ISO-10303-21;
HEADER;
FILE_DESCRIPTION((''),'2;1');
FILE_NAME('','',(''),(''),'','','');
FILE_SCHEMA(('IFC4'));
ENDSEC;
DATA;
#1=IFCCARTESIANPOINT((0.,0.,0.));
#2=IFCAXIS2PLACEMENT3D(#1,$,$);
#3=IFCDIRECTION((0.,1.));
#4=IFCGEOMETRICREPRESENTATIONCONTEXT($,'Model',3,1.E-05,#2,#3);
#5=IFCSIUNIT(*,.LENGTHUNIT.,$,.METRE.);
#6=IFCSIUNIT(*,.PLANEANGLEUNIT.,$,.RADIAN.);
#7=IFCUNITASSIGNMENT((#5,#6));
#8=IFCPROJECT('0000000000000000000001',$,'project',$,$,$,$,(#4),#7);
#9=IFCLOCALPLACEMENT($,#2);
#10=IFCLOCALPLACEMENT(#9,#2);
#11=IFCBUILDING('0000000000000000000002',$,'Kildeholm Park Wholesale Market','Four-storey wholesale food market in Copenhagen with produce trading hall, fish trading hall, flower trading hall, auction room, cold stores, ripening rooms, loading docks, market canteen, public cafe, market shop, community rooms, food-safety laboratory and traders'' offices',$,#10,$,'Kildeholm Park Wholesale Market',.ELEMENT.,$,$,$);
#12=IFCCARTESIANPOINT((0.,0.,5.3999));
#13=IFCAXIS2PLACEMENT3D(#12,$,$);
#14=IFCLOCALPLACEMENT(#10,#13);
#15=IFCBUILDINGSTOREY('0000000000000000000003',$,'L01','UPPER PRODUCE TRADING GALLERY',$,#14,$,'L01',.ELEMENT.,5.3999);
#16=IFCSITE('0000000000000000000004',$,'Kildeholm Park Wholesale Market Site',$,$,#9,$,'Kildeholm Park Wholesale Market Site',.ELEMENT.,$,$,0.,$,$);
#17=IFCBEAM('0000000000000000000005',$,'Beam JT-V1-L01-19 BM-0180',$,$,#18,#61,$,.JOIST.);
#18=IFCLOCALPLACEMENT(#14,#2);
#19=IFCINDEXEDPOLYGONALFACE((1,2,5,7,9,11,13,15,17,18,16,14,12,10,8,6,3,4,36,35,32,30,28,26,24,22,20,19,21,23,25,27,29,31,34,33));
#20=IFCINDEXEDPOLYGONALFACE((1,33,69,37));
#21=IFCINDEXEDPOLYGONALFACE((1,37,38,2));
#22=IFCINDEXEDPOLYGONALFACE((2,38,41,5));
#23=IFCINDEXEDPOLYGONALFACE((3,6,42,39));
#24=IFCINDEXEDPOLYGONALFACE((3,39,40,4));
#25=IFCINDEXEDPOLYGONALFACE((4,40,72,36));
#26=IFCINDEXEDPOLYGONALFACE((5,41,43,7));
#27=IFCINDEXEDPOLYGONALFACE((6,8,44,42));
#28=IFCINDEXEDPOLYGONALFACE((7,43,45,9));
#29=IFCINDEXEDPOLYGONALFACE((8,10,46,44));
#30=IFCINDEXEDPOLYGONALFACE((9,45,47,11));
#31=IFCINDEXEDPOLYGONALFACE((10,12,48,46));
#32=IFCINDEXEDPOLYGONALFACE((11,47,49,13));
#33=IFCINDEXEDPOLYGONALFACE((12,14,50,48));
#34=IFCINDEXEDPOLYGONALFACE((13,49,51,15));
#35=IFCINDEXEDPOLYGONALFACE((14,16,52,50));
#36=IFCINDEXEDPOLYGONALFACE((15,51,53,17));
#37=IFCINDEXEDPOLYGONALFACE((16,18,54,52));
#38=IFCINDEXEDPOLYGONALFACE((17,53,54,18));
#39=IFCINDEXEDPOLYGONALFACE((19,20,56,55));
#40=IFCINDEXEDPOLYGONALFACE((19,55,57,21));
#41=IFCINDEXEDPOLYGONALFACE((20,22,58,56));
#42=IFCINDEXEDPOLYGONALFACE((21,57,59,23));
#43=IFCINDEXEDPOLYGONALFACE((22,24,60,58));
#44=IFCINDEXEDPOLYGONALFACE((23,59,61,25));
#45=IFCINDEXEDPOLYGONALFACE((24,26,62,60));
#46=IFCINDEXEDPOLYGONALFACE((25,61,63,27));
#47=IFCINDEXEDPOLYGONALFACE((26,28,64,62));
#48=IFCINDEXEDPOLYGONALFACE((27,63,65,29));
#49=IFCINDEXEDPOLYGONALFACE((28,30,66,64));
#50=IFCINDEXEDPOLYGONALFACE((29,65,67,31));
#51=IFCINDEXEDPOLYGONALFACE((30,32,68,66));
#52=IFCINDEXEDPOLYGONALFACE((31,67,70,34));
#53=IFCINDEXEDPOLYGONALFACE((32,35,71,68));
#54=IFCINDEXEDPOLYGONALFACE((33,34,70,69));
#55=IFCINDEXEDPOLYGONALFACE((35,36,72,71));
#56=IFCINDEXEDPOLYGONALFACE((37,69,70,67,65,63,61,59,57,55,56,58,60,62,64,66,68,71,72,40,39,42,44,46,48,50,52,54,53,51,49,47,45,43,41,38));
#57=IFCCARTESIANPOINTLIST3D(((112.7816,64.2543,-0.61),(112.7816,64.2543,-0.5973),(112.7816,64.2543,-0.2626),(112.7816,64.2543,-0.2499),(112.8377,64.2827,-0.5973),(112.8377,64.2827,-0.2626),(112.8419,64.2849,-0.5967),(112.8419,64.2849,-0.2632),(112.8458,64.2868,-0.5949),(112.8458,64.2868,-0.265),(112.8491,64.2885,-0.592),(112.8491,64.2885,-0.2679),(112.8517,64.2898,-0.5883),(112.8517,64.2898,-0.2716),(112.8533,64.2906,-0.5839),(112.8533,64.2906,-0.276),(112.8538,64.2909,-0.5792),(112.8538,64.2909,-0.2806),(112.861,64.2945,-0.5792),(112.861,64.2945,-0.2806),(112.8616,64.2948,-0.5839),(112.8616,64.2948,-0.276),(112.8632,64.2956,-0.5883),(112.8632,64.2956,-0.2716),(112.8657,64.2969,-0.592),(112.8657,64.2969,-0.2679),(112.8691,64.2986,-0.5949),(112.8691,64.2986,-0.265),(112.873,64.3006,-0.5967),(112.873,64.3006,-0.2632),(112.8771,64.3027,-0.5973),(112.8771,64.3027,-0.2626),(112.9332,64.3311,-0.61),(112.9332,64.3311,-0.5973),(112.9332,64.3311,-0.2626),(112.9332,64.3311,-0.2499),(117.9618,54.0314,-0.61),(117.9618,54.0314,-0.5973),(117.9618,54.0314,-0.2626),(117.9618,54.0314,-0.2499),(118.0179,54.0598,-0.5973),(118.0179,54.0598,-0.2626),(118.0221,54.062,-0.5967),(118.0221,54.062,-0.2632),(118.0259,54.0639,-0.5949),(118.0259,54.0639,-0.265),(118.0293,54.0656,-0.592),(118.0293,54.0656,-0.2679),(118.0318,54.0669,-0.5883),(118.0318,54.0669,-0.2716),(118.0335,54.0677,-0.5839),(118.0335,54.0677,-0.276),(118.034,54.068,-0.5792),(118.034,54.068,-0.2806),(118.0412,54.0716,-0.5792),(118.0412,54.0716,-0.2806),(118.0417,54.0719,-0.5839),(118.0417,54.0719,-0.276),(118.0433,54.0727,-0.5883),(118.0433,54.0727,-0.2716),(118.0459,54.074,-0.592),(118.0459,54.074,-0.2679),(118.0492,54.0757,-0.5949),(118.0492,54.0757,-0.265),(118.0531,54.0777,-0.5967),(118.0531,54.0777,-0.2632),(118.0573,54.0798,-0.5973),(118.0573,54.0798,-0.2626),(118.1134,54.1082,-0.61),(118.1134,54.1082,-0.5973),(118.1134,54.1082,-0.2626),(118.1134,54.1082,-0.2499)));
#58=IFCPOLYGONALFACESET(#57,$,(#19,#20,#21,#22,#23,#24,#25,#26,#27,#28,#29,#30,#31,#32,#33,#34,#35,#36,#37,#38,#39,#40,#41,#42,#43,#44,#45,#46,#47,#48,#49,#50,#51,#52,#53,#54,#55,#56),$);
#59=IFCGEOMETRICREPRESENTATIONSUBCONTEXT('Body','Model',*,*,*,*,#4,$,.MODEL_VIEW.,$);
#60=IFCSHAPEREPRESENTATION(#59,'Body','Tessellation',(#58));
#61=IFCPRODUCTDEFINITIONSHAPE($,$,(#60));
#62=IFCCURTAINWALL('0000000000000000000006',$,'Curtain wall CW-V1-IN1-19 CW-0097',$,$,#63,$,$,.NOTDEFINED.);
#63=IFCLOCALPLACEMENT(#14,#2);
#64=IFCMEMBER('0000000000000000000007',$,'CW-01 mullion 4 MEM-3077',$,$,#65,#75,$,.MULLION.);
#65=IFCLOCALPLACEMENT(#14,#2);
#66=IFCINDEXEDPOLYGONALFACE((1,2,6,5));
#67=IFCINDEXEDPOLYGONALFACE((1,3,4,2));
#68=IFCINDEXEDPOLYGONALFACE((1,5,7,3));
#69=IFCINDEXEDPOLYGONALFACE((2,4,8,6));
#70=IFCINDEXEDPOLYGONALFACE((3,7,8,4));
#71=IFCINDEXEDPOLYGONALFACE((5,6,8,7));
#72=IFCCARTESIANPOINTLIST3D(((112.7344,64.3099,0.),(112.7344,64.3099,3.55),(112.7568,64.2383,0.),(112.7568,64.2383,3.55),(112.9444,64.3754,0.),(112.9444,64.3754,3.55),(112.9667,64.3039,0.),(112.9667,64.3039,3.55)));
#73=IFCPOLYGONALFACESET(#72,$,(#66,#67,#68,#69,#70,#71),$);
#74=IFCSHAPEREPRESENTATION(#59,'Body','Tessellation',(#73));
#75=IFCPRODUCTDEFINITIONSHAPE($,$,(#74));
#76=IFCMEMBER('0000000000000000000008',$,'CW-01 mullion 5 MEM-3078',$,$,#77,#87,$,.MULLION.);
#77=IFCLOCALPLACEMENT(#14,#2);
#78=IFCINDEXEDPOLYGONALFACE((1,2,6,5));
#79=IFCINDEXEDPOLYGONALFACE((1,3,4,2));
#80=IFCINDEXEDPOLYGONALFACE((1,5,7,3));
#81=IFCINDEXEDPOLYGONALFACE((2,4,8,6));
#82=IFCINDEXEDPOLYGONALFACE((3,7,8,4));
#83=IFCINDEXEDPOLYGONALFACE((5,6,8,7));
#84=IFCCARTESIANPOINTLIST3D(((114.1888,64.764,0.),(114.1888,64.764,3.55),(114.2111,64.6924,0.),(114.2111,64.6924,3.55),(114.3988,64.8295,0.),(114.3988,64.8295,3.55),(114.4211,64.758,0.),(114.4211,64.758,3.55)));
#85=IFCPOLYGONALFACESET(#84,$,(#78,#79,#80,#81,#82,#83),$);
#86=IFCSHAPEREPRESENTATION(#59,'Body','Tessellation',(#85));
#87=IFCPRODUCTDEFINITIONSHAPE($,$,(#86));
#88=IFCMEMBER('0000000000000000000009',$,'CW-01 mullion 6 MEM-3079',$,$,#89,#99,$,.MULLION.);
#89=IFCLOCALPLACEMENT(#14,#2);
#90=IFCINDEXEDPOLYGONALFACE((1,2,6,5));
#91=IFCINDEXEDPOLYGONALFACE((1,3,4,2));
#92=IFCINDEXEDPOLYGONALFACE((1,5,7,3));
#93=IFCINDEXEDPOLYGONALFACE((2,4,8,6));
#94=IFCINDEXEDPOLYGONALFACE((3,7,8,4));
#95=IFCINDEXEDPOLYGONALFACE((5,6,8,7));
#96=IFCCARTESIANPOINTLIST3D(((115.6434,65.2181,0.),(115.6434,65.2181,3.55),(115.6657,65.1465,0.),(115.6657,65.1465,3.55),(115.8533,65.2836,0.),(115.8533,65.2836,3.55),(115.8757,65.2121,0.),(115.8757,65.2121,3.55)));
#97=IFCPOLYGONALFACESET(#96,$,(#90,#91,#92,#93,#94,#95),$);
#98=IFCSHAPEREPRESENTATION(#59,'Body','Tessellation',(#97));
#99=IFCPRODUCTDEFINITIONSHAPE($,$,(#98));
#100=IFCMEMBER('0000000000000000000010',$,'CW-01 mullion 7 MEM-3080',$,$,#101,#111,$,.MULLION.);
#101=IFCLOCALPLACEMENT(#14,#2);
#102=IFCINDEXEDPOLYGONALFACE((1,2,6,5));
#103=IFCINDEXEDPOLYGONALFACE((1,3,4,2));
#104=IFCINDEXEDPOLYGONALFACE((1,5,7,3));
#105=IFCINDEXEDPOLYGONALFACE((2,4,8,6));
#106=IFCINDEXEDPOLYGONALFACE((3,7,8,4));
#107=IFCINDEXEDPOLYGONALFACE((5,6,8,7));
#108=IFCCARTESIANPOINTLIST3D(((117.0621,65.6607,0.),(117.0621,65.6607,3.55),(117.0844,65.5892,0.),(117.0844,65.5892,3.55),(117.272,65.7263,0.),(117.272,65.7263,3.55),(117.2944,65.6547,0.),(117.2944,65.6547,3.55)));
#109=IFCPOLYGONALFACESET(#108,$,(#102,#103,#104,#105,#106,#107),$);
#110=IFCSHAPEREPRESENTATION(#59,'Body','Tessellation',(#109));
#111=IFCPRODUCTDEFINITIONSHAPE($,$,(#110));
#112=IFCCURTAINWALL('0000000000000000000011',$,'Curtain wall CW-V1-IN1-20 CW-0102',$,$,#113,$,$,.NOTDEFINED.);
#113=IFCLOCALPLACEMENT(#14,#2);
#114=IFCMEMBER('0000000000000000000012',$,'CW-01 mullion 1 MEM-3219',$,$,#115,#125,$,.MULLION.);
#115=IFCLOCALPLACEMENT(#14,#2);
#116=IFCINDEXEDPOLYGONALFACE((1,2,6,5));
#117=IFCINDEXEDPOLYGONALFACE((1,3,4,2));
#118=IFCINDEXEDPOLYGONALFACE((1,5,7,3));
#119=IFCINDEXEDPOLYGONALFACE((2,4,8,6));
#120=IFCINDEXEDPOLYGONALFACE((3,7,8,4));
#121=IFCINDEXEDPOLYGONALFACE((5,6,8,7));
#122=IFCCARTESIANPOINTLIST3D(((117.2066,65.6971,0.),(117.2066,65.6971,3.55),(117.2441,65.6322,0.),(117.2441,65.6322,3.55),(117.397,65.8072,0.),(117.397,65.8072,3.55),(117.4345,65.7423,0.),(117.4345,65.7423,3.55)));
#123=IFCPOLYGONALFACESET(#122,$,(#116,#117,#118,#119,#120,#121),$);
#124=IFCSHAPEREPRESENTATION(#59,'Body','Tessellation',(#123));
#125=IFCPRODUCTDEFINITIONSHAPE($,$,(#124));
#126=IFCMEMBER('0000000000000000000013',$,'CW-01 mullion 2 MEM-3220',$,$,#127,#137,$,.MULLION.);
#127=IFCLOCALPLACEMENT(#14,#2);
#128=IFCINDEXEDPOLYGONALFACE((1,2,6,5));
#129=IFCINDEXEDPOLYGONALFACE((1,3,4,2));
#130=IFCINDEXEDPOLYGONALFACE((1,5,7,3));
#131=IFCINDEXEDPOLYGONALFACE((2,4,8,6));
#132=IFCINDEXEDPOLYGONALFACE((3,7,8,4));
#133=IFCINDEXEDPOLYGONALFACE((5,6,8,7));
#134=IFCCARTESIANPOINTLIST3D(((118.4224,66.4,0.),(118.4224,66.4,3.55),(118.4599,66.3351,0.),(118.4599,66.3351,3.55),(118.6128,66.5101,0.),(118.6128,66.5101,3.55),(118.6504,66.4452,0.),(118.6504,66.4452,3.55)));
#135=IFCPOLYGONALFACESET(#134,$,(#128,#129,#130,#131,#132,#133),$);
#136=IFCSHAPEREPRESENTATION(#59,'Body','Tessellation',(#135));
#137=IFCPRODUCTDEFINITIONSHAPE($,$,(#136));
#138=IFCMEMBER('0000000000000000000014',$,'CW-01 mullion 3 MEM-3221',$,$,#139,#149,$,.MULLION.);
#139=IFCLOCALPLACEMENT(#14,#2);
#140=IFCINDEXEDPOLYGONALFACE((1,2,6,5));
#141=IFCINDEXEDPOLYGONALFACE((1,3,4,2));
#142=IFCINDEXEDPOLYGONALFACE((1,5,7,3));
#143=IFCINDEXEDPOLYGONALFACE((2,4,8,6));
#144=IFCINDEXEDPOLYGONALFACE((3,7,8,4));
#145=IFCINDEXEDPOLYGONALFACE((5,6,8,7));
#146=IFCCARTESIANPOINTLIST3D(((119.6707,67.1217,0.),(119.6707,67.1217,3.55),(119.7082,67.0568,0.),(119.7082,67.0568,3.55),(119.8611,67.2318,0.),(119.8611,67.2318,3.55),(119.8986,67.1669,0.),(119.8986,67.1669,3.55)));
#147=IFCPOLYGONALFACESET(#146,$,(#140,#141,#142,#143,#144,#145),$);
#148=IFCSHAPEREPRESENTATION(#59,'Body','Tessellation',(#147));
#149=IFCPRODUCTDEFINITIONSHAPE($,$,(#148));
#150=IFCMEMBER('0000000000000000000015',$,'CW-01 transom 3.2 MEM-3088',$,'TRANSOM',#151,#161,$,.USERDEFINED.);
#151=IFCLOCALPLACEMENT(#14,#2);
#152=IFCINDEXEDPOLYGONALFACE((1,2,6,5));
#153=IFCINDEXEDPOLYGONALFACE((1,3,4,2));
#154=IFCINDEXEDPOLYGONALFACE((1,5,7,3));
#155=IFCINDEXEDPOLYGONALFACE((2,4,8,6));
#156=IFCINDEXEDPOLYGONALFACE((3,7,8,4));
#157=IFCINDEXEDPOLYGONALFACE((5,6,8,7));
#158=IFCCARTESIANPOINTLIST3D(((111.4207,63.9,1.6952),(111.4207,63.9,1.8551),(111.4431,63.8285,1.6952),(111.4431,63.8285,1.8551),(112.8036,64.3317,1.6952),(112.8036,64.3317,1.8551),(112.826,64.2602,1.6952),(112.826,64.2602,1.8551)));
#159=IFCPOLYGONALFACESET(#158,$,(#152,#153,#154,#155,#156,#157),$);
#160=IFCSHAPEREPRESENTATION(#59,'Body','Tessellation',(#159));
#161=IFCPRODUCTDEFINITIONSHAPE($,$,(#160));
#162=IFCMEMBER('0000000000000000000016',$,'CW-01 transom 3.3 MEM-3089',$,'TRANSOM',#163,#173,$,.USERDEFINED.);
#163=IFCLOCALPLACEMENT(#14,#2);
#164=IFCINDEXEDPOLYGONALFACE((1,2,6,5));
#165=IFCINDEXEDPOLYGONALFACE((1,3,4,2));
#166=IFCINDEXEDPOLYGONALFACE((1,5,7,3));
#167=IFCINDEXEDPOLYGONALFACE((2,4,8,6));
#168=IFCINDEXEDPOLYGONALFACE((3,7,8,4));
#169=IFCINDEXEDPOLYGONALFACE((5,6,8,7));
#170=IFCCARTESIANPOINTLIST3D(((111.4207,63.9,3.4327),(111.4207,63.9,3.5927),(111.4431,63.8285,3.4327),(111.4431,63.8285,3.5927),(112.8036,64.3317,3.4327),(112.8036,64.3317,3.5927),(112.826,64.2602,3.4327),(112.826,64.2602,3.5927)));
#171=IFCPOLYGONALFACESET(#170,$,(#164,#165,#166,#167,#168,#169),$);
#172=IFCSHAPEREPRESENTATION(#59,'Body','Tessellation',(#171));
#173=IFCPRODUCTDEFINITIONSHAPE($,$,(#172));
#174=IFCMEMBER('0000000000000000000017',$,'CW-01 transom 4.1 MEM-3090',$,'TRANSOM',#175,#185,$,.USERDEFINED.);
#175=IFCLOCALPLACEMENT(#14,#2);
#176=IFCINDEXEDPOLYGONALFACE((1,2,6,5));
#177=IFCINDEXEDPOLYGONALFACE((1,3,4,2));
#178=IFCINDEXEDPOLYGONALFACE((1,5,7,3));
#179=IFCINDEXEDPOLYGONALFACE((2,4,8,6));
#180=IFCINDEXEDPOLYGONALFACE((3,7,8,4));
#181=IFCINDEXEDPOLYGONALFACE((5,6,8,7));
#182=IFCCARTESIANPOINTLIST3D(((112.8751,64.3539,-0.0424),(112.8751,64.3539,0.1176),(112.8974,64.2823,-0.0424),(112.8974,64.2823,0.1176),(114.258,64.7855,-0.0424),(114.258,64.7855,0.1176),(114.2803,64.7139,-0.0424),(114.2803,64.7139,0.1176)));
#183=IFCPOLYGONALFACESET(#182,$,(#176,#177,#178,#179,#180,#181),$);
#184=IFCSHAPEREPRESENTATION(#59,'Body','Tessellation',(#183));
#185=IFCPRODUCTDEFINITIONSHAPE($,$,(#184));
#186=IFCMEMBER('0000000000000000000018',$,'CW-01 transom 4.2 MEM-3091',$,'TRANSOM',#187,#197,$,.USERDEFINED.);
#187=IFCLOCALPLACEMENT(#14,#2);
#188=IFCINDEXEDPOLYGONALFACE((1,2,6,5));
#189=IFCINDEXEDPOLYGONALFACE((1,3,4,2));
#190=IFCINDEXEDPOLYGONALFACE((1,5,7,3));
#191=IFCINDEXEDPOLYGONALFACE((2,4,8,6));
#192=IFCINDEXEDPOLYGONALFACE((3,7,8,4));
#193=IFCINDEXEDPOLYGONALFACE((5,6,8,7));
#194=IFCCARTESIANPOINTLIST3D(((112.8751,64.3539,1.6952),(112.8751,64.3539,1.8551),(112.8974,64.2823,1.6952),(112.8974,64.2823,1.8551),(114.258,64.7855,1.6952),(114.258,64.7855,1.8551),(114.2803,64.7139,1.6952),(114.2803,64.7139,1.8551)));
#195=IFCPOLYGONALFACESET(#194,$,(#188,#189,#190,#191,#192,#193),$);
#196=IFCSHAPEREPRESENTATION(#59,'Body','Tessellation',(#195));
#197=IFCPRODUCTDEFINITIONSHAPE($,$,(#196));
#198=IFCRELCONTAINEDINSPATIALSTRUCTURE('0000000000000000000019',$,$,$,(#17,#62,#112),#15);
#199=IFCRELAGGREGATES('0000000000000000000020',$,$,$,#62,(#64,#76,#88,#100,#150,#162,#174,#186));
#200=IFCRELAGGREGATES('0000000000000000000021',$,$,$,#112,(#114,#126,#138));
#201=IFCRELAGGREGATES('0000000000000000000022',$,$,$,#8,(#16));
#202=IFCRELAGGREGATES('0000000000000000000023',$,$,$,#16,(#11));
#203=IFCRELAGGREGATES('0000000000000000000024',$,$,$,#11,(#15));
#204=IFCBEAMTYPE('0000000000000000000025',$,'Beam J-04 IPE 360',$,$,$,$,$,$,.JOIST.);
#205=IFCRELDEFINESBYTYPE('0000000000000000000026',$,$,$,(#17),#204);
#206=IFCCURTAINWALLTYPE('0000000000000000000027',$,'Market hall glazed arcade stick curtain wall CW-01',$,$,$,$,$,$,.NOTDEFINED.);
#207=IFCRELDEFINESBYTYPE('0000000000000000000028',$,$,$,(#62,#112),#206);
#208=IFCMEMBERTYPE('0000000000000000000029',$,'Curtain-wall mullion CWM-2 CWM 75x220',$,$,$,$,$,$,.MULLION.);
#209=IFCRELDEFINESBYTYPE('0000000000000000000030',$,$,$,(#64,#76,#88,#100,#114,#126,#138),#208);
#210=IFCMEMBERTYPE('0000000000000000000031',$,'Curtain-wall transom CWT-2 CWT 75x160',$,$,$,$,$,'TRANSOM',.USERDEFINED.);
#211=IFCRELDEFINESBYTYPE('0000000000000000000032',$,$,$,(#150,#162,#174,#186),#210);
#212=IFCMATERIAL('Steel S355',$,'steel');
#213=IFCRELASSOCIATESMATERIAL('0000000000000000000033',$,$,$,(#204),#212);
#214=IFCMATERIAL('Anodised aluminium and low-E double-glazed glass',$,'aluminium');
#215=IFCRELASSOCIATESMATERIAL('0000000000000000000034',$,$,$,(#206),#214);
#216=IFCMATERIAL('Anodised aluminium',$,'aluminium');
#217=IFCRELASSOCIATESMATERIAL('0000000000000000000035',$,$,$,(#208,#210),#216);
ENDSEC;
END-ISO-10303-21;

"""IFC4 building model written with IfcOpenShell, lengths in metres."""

from ifc_helpers import new_model, si_unit, direction, frame, origin, origin_2d, place, context, subcontext, project, spatial, rectangle, i_section, extrude, material, material_profile, profile_set, type_object, element, aggregate, save


model = new_model("IFC4")

# Units and contexts
model_context = context("Model", 3, precision=1e-05, world=origin(), true_north=direction((0.0, 1.0)))
body_context = subcontext(model_context, "Body", "Model", "MODEL_VIEW")
ifc_project = project(units=[si_unit("LENGTHUNIT", "METRE"), si_unit("PLANEANGLEUNIT", "RADIAN")], contexts=[model_context])

# Site, building, storey
site_placement = place(None, origin())
site = spatial("IfcSite", under=ifc_project, at=site_placement, Name="Kildeholm Park Wholesale Market Site", LongName="Kildeholm Park Wholesale Market Site", CompositionType="ELEMENT", RefElevation=0.0)
building_placement = place(site_placement, origin())
building = spatial("IfcBuilding", under=site, at=building_placement, Name="Kildeholm Park Wholesale Market", Description="Four-storey wholesale food market in Copenhagen with produce trading hall, fish trading hall, flower trading hall, auction room, cold stores, ripening rooms, loading docks, market canteen, public cafe, market shop, community rooms, food-safety laboratory and traders' offices", LongName="Kildeholm Park Wholesale Market", CompositionType="ELEMENT")
storey_placement = place(building_placement, frame((0.0, 0.0, 5.3999)))
storey = spatial("IfcBuildingStorey", under=building, at=storey_placement, Name="L01", Description="UPPER PRODUCE TRADING GALLERY", LongName="L01", CompositionType="ELEMENT", Elevation=5.3999)

# Shared definitions
ifc_material_1 = material(Name="Steel S355", Category="steel")

# Beam
ifc_material_profile_1 = material_profile(ifc_material_1, i_section(OverallWidth=0.1699, OverallDepth=0.3601, WebThickness=0.0081, FlangeThickness=0.0127, FilletRadius=0.0181, at=origin_2d()), Name="IPE 360")
ifc_profile_set_1 = profile_set([ifc_material_profile_1], Name="Steel S355")
beam_type_1 = type_object("IfcBeamType", Name="Beam J-04 IPE 360", PredefinedType="JOIST", material=ifc_profile_set_1)
beam_1_placement = place(storey_placement, frame((112.8574, 64.2927, -0.4299), z_axis=(0.452005, -0.892016, 0.0), x_axis=(0.892016, 0.452005, 0.0)))
element("IfcBeam", 1, at=beam_1_placement, inside=storey, type_object=beam_type_1, Name="Beam JT-V1-L01-19 BM-0180", PredefinedType="JOIST", context=body_context, shape_type="SweptSolid", body=[
    extrude(i_section(OverallWidth=0.1699, OverallDepth=0.3601, WebThickness=0.0081, FlangeThickness=0.0127, FilletRadius=0.0181, at=origin_2d()), origin(), (0.0, 0.0, 1.0), 11.4604),
])

# Curtain walls, members
ifc_material_2 = material(Name="Anodised aluminium and low-E double-glazed glass", Category="aluminium")
curtain_wall_type = type_object("IfcCurtainWallType", Name="Market hall glazed arcade stick curtain wall CW-01", PredefinedType="NOTDEFINED", material=ifc_material_2)
curtain_wall_1_placement = place(storey_placement, origin())
curtain_wall_1 = element("IfcCurtainWall", 2, at=curtain_wall_1_placement, inside=storey, type_object=curtain_wall_type, Name="Curtain wall CW-V1-IN1-19 CW-0097", PredefinedType="NOTDEFINED")
ifc_material_3 = material(Name="Anodised aluminium", Category="aluminium")
ifc_material_profile_2 = material_profile(ifc_material_3, rectangle(XDim=0.075, YDim=0.22, at=origin_2d()), Name="CWM 75x220")
ifc_profile_set_2 = profile_set([ifc_material_profile_2], Name="Anodised aluminium")
member_type_1 = type_object("IfcMemberType", Name="Curtain-wall mullion CWM-2 CWM 75x220", PredefinedType="MULLION", material=ifc_profile_set_2)
member_1_placement = place(storey_placement, frame((112.8506, 64.3069, 0.0), z_axis=(0.0, 0.0, 1.0), x_axis=(-0.297957, 0.954579, 0.0)))
member_1 = element("IfcMember", 3, at=member_1_placement, type_object=member_type_1, Name="CW-01 mullion 4 MEM-3077", PredefinedType="MULLION", context=body_context, shape_type="SweptSolid", body=[
    extrude(rectangle(XDim=0.075, YDim=0.22, at=origin_2d()), origin(), (0.0, 0.0, 1.0), 3.55),
])
member_2_placement = place(storey_placement, frame((114.3049, 64.761, 0.0), z_axis=(0.0, 0.0, 1.0), x_axis=(-0.297957, 0.954579, 0.0)))
member_2 = element("IfcMember", 4, at=member_2_placement, type_object=member_type_1, Name="CW-01 mullion 5 MEM-3078", PredefinedType="MULLION", context=body_context, shape_type="SweptSolid", body=[
    extrude(rectangle(XDim=0.075, YDim=0.22, at=origin_2d()), origin(), (0.0, 0.0, 1.0), 3.55),
])
member_3_placement = place(storey_placement, frame((115.7595, 65.2151, 0.0), z_axis=(0.0, 0.0, 1.0), x_axis=(-0.297957, 0.954579, 0.0)))
member_3 = element("IfcMember", 5, at=member_3_placement, type_object=member_type_1, Name="CW-01 mullion 6 MEM-3079", PredefinedType="MULLION", context=body_context, shape_type="SweptSolid", body=[
    extrude(rectangle(XDim=0.075, YDim=0.22, at=origin_2d()), origin(), (0.0, 0.0, 1.0), 3.55),
])
member_4_placement = place(storey_placement, frame((117.1782, 65.6577, 0.0), z_axis=(0.0, 0.0, 1.0), x_axis=(-0.297957, 0.954579, 0.0)))
member_4 = element("IfcMember", 6, at=member_4_placement, type_object=member_type_1, Name="CW-01 mullion 7 MEM-3080", PredefinedType="MULLION", context=body_context, shape_type="SweptSolid", body=[
    extrude(rectangle(XDim=0.075, YDim=0.22, at=origin_2d()), origin(), (0.0, 0.0, 1.0), 3.55),
])
curtain_wall_2_placement = place(storey_placement, origin())
curtain_wall_2 = element("IfcCurtainWall", 7, at=curtain_wall_2_placement, inside=storey, type_object=curtain_wall_type, Name="Curtain wall CW-V1-IN1-20 CW-0102", PredefinedType="NOTDEFINED")
member_5_placement = place(storey_placement, frame((117.3206, 65.7197, 0.0), z_axis=(0.0, 0.0, 1.0), x_axis=(-0.500489, 0.865743, 0.0)))
member_5 = element("IfcMember", 8, at=member_5_placement, type_object=member_type_1, Name="CW-01 mullion 1 MEM-3219", PredefinedType="MULLION", context=body_context, shape_type="SweptSolid", body=[
    extrude(rectangle(XDim=0.075, YDim=0.22, at=origin_2d()), origin(), (0.0, 0.0, 1.0), 3.55),
])
member_6_placement = place(storey_placement, frame((118.5364, 66.4226, 0.0), z_axis=(0.0, 0.0, 1.0), x_axis=(-0.500489, 0.865743, 0.0)))
member_6 = element("IfcMember", 9, at=member_6_placement, type_object=member_type_1, Name="CW-01 mullion 2 MEM-3220", PredefinedType="MULLION", context=body_context, shape_type="SweptSolid", body=[
    extrude(rectangle(XDim=0.075, YDim=0.22, at=origin_2d()), origin(), (0.0, 0.0, 1.0), 3.55),
])
member_7_placement = place(storey_placement, frame((119.7847, 67.1443, 0.0), z_axis=(0.0, 0.0, 1.0), x_axis=(-0.500489, 0.865743, 0.0)))
member_7 = element("IfcMember", 10, at=member_7_placement, type_object=member_type_1, Name="CW-01 mullion 3 MEM-3221", PredefinedType="MULLION", context=body_context, shape_type="SweptSolid", body=[
    extrude(rectangle(XDim=0.075, YDim=0.22, at=origin_2d()), origin(), (0.0, 0.0, 1.0), 3.55),
])

# Members
ifc_material_profile_3 = material_profile(ifc_material_3, rectangle(XDim=0.075, YDim=0.1599, at=origin_2d()), Name="CWT 75x160")
ifc_profile_set_3 = profile_set([ifc_material_profile_3], Name="Anodised aluminium")
member_type_2 = type_object("IfcMemberType", Name="Curtain-wall transom CWT-2 CWT 75x160", ElementType="TRANSOM", PredefinedType="USERDEFINED", material=ifc_profile_set_3)
member_8_placement = place(storey_placement, frame((111.4319, 63.8643, 1.7751), z_axis=(0.954576, 0.297968, 0.0), x_axis=(-0.297968, 0.954576, 0.0)))
member_8 = element("IfcMember", 11, at=member_8_placement, type_object=member_type_2, Name="CW-01 transom 3.2 MEM-3088", ObjectType="TRANSOM", PredefinedType="USERDEFINED", context=body_context, shape_type="SweptSolid", body=[
    extrude(rectangle(XDim=0.075, YDim=0.1599, at=origin_2d()), origin(), (0.0, 0.0, 1.0), 1.4487),
])
member_9_placement = place(storey_placement, frame((111.4319, 63.8643, 3.5127), z_axis=(0.954576, 0.297968, 0.0), x_axis=(-0.297968, 0.954576, 0.0)))
member_9 = element("IfcMember", 12, at=member_9_placement, type_object=member_type_2, Name="CW-01 transom 3.3 MEM-3089", ObjectType="TRANSOM", PredefinedType="USERDEFINED", context=body_context, shape_type="SweptSolid", body=[
    extrude(rectangle(XDim=0.075, YDim=0.1599, at=origin_2d()), origin(), (0.0, 0.0, 1.0), 1.4487),
])
member_10_placement = place(storey_placement, frame((112.8862, 64.3181, 0.0376), z_axis=(0.954591, 0.29792, 0.0), x_axis=(-0.29792, 0.954591, 0.0)))
member_10 = element("IfcMember", 13, at=member_10_placement, type_object=member_type_2, Name="CW-01 transom 4.1 MEM-3090", ObjectType="TRANSOM", PredefinedType="USERDEFINED", context=body_context, shape_type="SweptSolid", body=[
    extrude(rectangle(XDim=0.075, YDim=0.1599, at=origin_2d()), origin(), (0.0, 0.0, 1.0), 1.4487),
])
member_11_placement = place(storey_placement, frame((112.8862, 64.3181, 1.7751), z_axis=(0.954591, 0.29792, 0.0), x_axis=(-0.29792, 0.954591, 0.0)))
member_11 = element("IfcMember", 14, at=member_11_placement, type_object=member_type_2, Name="CW-01 transom 4.2 MEM-3091", ObjectType="TRANSOM", PredefinedType="USERDEFINED", context=body_context, shape_type="SweptSolid", body=[
    extrude(rectangle(XDim=0.075, YDim=0.1599, at=origin_2d()), origin(), (0.0, 0.0, 1.0), 1.4487),
])

aggregate(curtain_wall_1, [member_1, member_2, member_3, member_4, member_8, member_9, member_10, member_11])
aggregate(curtain_wall_2, [member_5, member_6, member_7])

save(model, "model.ifc")
